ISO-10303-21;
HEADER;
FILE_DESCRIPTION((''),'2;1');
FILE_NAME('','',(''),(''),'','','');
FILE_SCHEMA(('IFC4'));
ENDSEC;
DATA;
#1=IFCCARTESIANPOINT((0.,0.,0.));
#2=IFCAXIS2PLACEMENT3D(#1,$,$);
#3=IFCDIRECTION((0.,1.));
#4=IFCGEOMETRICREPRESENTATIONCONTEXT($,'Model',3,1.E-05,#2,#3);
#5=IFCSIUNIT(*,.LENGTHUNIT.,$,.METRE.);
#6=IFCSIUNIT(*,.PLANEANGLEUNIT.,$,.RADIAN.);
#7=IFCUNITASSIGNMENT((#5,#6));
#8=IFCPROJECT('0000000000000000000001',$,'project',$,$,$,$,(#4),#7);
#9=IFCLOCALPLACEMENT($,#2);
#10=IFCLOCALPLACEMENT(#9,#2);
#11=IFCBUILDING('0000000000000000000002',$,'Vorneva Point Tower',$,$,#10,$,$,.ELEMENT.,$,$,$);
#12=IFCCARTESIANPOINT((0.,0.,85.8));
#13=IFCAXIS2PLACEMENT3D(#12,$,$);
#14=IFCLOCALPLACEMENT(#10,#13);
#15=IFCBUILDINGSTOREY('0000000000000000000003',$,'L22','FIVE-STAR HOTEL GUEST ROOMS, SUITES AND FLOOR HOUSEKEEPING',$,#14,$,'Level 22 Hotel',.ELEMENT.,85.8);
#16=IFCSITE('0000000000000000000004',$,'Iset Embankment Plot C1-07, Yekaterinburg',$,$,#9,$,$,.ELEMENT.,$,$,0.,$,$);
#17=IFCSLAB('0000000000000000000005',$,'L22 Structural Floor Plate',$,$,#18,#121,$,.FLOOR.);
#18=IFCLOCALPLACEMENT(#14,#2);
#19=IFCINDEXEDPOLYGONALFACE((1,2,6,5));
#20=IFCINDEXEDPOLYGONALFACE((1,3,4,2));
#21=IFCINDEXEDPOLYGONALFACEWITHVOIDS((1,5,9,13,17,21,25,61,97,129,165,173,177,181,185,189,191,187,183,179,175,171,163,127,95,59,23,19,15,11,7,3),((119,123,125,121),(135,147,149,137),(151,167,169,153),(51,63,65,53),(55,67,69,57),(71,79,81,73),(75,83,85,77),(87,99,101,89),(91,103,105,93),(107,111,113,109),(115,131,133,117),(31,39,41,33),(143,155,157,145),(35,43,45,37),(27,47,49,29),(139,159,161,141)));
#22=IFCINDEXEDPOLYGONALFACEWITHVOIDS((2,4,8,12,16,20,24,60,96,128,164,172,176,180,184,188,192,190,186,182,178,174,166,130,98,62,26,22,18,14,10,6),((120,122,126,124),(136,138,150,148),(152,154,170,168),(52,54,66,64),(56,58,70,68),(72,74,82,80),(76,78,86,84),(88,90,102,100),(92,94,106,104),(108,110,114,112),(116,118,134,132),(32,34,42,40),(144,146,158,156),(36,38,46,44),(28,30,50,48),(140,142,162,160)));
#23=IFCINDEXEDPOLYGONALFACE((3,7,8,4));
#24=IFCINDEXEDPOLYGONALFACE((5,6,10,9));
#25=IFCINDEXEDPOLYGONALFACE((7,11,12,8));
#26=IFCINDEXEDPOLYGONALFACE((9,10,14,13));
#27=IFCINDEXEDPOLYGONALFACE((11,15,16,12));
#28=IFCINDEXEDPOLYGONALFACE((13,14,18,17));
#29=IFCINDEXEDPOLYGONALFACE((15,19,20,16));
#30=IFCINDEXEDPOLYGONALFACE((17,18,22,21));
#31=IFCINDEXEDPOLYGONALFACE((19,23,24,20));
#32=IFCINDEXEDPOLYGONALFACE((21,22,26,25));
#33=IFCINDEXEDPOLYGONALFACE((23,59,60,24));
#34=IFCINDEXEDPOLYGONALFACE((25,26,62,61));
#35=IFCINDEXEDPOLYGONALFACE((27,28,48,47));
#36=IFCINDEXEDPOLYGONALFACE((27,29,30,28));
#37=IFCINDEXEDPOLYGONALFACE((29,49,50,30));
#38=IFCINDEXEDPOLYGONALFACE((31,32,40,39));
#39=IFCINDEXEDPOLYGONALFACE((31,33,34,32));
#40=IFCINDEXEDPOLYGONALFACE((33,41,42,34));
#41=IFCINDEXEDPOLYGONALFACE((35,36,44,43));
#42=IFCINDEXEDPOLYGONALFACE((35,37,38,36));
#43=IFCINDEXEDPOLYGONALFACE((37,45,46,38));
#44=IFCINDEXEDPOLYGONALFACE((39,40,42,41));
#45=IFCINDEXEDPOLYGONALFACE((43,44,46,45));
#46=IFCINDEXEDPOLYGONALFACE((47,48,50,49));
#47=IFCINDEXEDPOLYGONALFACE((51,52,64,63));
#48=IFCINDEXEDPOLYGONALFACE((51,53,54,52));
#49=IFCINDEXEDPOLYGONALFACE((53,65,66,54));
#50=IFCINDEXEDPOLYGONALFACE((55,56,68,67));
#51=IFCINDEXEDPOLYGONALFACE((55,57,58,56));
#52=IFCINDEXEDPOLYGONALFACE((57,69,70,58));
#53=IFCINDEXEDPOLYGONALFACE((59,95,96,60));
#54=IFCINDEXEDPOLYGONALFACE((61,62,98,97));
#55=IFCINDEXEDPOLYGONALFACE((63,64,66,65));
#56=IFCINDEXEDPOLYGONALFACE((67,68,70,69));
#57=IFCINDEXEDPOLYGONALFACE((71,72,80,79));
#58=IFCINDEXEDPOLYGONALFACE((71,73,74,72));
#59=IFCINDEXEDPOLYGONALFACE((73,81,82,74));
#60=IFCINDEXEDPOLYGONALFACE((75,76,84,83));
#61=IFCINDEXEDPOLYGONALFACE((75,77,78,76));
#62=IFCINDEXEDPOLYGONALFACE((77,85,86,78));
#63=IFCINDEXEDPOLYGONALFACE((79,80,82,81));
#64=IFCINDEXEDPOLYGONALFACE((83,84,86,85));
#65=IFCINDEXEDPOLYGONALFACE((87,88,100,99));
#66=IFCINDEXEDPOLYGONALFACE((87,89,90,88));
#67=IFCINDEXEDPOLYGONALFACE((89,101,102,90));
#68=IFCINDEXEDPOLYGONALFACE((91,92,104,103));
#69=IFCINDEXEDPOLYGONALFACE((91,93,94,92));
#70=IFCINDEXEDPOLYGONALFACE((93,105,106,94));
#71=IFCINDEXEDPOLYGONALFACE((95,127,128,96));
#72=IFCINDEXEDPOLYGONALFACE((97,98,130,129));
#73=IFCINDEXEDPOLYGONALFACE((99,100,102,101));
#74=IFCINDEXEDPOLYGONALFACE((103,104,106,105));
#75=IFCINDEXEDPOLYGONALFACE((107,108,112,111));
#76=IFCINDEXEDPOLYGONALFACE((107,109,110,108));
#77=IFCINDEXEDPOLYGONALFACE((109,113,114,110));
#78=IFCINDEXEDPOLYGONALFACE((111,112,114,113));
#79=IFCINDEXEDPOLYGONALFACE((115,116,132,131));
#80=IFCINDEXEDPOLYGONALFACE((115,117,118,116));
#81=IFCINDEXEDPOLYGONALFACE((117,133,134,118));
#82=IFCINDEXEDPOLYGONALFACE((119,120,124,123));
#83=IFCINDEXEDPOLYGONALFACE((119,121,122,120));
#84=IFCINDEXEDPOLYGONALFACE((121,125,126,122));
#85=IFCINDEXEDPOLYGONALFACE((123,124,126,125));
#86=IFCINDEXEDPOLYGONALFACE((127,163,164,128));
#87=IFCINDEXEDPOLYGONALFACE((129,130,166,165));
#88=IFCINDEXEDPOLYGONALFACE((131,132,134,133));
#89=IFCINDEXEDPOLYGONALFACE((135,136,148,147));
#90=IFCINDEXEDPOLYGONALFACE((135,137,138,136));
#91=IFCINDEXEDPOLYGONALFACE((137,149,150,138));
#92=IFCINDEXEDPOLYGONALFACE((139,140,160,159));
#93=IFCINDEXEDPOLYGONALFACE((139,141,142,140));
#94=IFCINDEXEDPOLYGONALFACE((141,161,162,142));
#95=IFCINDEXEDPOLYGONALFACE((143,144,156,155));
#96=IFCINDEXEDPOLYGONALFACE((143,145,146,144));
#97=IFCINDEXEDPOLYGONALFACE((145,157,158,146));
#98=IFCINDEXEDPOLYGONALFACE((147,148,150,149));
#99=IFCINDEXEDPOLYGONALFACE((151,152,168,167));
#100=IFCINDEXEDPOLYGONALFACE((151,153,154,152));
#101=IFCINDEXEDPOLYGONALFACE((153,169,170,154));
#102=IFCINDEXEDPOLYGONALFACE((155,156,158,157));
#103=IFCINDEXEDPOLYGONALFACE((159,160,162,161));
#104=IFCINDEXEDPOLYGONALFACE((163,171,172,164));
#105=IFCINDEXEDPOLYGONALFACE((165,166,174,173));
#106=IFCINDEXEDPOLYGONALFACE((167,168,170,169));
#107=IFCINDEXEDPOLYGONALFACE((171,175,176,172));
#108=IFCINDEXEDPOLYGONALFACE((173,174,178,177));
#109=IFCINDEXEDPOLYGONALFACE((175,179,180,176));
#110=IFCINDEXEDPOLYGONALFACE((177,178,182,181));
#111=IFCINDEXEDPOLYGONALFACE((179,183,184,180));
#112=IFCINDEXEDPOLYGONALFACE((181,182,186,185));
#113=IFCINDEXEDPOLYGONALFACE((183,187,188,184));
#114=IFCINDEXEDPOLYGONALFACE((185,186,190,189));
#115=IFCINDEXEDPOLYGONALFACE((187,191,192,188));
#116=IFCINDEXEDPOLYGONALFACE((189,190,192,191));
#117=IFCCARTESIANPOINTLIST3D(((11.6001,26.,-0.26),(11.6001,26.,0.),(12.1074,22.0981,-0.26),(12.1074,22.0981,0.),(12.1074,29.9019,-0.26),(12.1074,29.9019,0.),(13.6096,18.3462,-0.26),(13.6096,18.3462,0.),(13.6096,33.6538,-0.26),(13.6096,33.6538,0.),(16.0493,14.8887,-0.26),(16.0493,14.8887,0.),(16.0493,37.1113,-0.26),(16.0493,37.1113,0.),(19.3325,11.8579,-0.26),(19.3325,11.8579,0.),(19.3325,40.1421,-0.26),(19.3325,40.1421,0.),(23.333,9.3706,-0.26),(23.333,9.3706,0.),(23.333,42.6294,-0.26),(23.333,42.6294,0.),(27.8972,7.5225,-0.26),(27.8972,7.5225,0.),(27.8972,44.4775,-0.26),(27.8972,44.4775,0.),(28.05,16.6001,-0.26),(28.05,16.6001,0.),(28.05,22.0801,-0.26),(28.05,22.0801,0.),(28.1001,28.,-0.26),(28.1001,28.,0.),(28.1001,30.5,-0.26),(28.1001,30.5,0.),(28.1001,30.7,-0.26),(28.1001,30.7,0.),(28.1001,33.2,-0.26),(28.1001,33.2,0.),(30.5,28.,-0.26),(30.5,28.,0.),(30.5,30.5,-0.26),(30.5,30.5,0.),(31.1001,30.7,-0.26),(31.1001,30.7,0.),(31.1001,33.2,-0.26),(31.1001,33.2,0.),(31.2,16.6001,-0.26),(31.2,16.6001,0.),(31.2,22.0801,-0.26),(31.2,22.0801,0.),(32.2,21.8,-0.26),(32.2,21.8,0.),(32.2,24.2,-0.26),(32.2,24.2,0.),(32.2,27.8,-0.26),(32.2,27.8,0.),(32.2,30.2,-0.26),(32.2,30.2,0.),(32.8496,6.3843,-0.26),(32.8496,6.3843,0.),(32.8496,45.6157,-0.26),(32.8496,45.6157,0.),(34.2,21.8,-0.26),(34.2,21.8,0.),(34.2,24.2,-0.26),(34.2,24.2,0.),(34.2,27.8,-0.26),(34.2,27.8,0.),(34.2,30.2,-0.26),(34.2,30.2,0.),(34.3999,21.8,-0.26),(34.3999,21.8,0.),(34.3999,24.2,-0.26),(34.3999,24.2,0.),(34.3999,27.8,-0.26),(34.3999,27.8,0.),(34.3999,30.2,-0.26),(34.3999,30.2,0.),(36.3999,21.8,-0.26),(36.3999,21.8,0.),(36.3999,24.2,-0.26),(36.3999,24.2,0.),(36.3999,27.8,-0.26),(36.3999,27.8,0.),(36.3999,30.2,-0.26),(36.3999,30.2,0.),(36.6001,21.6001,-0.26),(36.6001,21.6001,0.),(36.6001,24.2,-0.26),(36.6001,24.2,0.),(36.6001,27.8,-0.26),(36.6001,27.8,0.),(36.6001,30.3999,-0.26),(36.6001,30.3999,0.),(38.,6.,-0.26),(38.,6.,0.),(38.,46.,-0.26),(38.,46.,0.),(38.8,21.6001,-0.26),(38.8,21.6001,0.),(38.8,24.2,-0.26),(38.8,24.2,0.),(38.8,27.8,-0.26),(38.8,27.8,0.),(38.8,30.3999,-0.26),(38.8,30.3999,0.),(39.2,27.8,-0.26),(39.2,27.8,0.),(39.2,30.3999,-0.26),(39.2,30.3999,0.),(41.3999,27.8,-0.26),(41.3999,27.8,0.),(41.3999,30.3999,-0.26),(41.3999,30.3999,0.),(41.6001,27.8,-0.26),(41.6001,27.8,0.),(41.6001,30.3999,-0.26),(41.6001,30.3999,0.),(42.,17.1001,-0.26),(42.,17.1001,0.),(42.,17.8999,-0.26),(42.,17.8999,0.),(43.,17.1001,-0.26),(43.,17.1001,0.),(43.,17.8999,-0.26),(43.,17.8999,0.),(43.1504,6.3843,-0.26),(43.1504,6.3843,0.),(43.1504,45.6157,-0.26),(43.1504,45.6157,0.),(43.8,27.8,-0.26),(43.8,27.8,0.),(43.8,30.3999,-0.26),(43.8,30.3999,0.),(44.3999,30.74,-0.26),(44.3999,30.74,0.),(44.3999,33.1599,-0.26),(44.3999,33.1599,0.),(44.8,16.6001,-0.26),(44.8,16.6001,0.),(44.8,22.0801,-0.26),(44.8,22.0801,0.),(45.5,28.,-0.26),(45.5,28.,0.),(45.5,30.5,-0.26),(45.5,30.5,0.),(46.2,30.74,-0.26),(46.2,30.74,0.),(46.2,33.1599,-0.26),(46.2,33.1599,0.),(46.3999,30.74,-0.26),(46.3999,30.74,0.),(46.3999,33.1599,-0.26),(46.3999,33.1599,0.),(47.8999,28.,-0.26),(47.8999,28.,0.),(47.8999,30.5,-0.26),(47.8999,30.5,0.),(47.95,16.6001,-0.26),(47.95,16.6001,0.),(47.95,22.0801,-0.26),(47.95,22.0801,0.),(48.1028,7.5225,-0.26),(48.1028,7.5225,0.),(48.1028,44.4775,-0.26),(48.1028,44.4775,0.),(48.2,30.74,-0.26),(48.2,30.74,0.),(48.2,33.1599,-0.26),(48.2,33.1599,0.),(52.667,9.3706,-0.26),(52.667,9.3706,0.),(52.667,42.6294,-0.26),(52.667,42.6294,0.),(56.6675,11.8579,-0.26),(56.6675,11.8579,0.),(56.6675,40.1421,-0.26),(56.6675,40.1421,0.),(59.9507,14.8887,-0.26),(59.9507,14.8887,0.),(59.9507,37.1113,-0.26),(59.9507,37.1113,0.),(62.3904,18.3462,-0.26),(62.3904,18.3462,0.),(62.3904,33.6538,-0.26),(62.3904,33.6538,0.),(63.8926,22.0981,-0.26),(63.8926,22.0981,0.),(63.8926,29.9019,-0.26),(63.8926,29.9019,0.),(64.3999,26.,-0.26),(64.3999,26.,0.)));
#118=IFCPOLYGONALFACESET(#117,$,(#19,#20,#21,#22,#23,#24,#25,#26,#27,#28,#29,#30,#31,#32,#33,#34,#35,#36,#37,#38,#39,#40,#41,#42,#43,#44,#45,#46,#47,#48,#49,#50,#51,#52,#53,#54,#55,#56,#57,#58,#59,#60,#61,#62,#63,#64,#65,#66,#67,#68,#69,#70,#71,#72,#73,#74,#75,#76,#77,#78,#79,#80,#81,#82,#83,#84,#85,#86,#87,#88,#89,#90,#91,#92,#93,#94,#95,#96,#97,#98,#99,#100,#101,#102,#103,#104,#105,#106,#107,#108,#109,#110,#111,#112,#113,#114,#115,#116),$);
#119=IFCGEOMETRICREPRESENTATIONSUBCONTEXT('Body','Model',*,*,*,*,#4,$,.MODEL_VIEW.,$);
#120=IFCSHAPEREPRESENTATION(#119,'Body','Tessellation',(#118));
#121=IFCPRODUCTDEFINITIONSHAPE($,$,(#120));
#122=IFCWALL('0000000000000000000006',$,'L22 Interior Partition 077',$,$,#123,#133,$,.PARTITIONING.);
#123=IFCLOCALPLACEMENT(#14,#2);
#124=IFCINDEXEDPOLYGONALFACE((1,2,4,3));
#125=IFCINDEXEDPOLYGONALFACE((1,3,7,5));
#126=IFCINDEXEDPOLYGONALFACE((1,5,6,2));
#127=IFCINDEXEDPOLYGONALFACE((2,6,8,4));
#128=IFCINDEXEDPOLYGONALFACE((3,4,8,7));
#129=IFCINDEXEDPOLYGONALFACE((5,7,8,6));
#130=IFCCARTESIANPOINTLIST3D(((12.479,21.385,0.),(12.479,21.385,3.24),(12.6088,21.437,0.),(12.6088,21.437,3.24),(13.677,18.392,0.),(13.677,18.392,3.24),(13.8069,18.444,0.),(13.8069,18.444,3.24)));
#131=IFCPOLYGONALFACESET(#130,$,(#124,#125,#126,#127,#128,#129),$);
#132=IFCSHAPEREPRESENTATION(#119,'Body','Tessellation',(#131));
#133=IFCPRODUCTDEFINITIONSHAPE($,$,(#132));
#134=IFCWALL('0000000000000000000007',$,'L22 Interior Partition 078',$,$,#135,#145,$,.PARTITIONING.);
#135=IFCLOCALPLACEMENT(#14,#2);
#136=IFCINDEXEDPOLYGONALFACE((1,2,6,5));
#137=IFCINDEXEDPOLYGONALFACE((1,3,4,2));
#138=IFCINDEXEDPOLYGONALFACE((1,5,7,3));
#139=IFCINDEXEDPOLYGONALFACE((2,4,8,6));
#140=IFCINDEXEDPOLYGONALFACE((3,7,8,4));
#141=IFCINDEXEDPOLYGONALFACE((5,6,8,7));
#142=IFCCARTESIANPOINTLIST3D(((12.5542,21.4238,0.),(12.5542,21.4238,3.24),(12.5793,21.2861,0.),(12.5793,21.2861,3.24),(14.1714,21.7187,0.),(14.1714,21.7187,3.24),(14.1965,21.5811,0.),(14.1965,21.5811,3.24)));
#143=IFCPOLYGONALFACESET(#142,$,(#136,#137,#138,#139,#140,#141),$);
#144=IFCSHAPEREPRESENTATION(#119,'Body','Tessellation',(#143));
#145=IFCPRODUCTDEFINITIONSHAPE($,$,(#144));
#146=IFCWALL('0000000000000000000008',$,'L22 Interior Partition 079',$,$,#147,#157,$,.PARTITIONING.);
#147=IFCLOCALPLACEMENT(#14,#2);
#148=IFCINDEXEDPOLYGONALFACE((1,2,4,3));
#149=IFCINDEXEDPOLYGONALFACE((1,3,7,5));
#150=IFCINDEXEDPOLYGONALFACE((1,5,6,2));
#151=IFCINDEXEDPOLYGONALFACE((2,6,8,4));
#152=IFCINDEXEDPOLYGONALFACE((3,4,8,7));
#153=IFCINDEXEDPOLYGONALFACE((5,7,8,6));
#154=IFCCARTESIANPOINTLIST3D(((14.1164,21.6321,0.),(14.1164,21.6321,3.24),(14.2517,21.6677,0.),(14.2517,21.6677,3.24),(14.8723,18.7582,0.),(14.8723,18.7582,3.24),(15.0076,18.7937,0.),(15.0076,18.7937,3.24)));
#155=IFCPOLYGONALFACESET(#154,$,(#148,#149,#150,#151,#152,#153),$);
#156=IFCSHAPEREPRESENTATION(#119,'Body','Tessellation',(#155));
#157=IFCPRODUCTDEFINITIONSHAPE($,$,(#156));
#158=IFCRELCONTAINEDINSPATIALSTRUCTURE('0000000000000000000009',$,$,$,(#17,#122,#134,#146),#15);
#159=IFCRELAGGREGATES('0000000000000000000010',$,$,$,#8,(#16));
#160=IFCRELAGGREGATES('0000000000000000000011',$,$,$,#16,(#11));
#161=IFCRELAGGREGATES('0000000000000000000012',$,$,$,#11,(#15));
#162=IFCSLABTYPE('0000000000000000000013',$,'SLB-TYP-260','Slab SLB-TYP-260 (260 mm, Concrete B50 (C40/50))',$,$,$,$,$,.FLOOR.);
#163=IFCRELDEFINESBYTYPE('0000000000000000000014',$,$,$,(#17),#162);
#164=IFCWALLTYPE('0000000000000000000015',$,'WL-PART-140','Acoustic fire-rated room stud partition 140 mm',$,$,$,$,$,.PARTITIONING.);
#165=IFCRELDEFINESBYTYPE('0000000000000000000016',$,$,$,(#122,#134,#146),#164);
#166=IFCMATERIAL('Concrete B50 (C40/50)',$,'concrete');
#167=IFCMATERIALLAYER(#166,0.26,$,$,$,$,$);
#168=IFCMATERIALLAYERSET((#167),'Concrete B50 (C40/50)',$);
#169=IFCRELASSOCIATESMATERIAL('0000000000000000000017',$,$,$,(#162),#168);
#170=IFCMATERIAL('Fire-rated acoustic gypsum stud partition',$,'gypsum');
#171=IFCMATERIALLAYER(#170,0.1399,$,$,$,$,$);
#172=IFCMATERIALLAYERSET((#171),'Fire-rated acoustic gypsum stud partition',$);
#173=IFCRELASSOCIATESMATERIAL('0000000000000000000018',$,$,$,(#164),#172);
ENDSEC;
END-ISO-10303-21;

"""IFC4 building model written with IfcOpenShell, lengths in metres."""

from ifc_helpers import new_model, si_unit, direction, frame, frame_2d, origin, place, context, subcontext, project, spatial, polyline, rectangle, outline, extrude, material, layer, layer_set, type_object, element, save


model = new_model("IFC4")

# Units and contexts
model_context = context("Model", 3, precision=1e-05, world=origin(), true_north=direction((0.0, 1.0)))
body_context = subcontext(model_context, "Body", "Model", "MODEL_VIEW")
ifc_project = project(units=[si_unit("LENGTHUNIT", "METRE"), si_unit("PLANEANGLEUNIT", "RADIAN")], contexts=[model_context])

# Site, building, storey
site_placement = place(None, origin())
site = spatial("IfcSite", under=ifc_project, at=site_placement, Name="Iset Embankment Plot C1-07, Yekaterinburg", CompositionType="ELEMENT", RefElevation=0.0)
building_placement = place(site_placement, origin())
building = spatial("IfcBuilding", under=site, at=building_placement, Name="Vorneva Point Tower", CompositionType="ELEMENT")
storey_placement = place(building_placement, frame((0.0, 0.0, 85.8)))
storey = spatial("IfcBuildingStorey", under=building, at=storey_placement, Name="L22", Description="FIVE-STAR HOTEL GUEST ROOMS, SUITES AND FLOOR HOUSEKEEPING", LongName="Level 22 Hotel", CompositionType="ELEMENT", Elevation=85.8)

# Shared definitions
ifc_material_1 = material(Name="Concrete B50 (C40/50)", Category="concrete")

# Slab
ifc_layer_1 = layer(ifc_material_1, 0.26)
ifc_layer_set_1 = layer_set([ifc_layer_1], Name="Concrete B50 (C40/50)")
slab_type_1 = type_object("IfcSlabType", Name="SLB-TYP-260", Description="Slab SLB-TYP-260 (260 mm, Concrete B50 (C40/50))", PredefinedType="FLOOR", material=ifc_layer_set_1)
slab_1_placement = place(storey_placement, frame((0.0, 0.0, -0.26)))
element("IfcSlab", 1, at=slab_1_placement, inside=storey, type_object=slab_type_1, Name="L22 Structural Floor Plate", PredefinedType="FLOOR", context=body_context, shape_type="SweptSolid", body=[
    extrude(outline(polyline([(64.3999, 26.0), (63.8926, 29.9019), (62.3904, 33.6538), (59.9507, 37.1113), (56.6675, 40.1421), (52.667, 42.6294), (48.1028, 44.4775), (43.1504, 45.6157), (38.0, 46.0), (32.8496, 45.6157), (27.8972, 44.4775), (23.333, 42.6294), (19.3325, 40.1421), (16.0493, 37.1113), (13.6096, 33.6538), (12.1074, 29.9019), (11.6001, 26.0), (12.1074, 22.0981), (13.6096, 18.3462), (16.0493, 14.8887), (19.3325, 11.8579), (23.333, 9.3706), (27.8972, 7.5225), (32.8496, 6.3843), (38.0, 6.0), (43.1504, 6.3843), (48.1028, 7.5225), (52.667, 9.3706), (56.6675, 11.8579), (59.9507, 14.8887), (62.3904, 18.3462), (63.8926, 22.0981), (64.3999, 26.0)]), holes=[polyline([(32.2, 27.8), (34.2, 27.8), (34.2, 30.2), (32.2, 30.2), (32.2, 27.8)]), polyline([(34.3999, 27.8), (36.3999, 27.8), (36.3999, 30.2), (34.3999, 30.2), (34.3999, 27.8)]), polyline([(36.6001, 27.8), (38.8, 27.8), (38.8, 30.3999), (36.6001, 30.3999), (36.6001, 27.8)]), polyline([(32.2, 21.8), (34.2, 21.8), (34.2, 24.2), (32.2, 24.2), (32.2, 21.8)]), polyline([(34.3999, 21.8), (36.3999, 21.8), (36.3999, 24.2), (34.3999, 24.2), (34.3999, 21.8)]), polyline([(36.6001, 21.6001), (38.8, 21.6001), (38.8, 24.2), (36.6001, 24.2), (36.6001, 21.6001)]), polyline([(39.2, 27.8), (41.3999, 27.8), (41.3999, 30.3999), (39.2, 30.3999), (39.2, 27.8)]), polyline([(41.6001, 27.8), (43.8, 27.8), (43.8, 30.3999), (41.6001, 30.3999), (41.6001, 27.8)]), polyline([(44.3999, 30.74), (46.2, 30.74), (46.2, 33.1599), (44.3999, 33.1599), (44.3999, 30.74)]), polyline([(46.3999, 30.74), (48.2, 30.74), (48.2, 33.1599), (46.3999, 33.1599), (46.3999, 30.74)]), polyline([(28.1001, 28.0), (30.5, 28.0), (30.5, 30.5), (28.1001, 30.5), (28.1001, 28.0)]), polyline([(45.5, 28.0), (47.8999, 28.0), (47.8999, 30.5), (45.5, 30.5), (45.5, 28.0)]), polyline([(28.1001, 30.7), (31.1001, 30.7), (31.1001, 33.2), (28.1001, 33.2), (28.1001, 30.7)]), polyline([(28.05, 16.6001), (31.2, 16.6001), (31.2, 22.0801), (28.05, 22.0801), (28.05, 16.6001)]), polyline([(44.8, 16.6001), (47.95, 16.6001), (47.95, 22.0801), (44.8, 22.0801), (44.8, 16.6001)]), polyline([(42.0, 17.1001), (43.0, 17.1001), (43.0, 17.8999), (42.0, 17.8999), (42.0, 17.1001)])]), origin(), (0.0, 0.0, 1.0), 0.26),
])

# Walls
ifc_material_2 = material(Name="Fire-rated acoustic gypsum stud partition", Category="gypsum")
ifc_layer_2 = layer(ifc_material_2, 0.1399)
ifc_layer_set_2 = layer_set([ifc_layer_2], Name="Fire-rated acoustic gypsum stud partition")
wall_type = type_object("IfcWallType", Name="WL-PART-140", Description="Acoustic fire-rated room stud partition 140 mm", PredefinedType="PARTITIONING", material=ifc_layer_set_2)
wall_1_placement = place(storey_placement, frame((12.5439, 21.4109, 0.0), z_axis=(0.0, 0.0, 1.0), x_axis=(0.371613, -0.928388, 0.0)))
element("IfcWall", 2, at=wall_1_placement, inside=storey, type_object=wall_type, Name="L22 Interior Partition 077", PredefinedType="PARTITIONING", context=body_context, shape_type="SweptSolid", body=[
    extrude(rectangle(XDim=3.2239, YDim=0.1399, at=frame_2d((1.6118, 0.0))), origin(), (0.0, 0.0, 1.0), 3.24),
])
wall_2_placement = place(storey_placement, frame((12.5669, 21.355, 0.0), z_axis=(0.0, 0.0, 1.0), x_axis=(0.983775, 0.179408, 0.0)))
element("IfcWall", 3, at=wall_2_placement, inside=storey, type_object=wall_type, Name="L22 Interior Partition 078", PredefinedType="PARTITIONING", context=body_context, shape_type="SweptSolid", body=[
    extrude(rectangle(XDim=1.6438, YDim=0.1399, at=frame_2d((0.8218, 0.0))), origin(), (0.0, 0.0, 1.0), 3.24),
])
wall_3_placement = place(storey_placement, frame((14.1841, 21.6499, 0.0), z_axis=(0.0, 0.0, 1.0), x_axis=(0.254348, -0.967113, 0.0)))
element("IfcWall", 4, at=wall_3_placement, inside=storey, type_object=wall_type, Name="L22 Interior Partition 079", PredefinedType="PARTITIONING", context=body_context, shape_type="SweptSolid", body=[
    extrude(rectangle(XDim=2.9717, YDim=0.1399, at=frame_2d((1.4858, 0.0))), origin(), (0.0, 0.0, 1.0), 3.24),
])

save(model, "model.ifc")
